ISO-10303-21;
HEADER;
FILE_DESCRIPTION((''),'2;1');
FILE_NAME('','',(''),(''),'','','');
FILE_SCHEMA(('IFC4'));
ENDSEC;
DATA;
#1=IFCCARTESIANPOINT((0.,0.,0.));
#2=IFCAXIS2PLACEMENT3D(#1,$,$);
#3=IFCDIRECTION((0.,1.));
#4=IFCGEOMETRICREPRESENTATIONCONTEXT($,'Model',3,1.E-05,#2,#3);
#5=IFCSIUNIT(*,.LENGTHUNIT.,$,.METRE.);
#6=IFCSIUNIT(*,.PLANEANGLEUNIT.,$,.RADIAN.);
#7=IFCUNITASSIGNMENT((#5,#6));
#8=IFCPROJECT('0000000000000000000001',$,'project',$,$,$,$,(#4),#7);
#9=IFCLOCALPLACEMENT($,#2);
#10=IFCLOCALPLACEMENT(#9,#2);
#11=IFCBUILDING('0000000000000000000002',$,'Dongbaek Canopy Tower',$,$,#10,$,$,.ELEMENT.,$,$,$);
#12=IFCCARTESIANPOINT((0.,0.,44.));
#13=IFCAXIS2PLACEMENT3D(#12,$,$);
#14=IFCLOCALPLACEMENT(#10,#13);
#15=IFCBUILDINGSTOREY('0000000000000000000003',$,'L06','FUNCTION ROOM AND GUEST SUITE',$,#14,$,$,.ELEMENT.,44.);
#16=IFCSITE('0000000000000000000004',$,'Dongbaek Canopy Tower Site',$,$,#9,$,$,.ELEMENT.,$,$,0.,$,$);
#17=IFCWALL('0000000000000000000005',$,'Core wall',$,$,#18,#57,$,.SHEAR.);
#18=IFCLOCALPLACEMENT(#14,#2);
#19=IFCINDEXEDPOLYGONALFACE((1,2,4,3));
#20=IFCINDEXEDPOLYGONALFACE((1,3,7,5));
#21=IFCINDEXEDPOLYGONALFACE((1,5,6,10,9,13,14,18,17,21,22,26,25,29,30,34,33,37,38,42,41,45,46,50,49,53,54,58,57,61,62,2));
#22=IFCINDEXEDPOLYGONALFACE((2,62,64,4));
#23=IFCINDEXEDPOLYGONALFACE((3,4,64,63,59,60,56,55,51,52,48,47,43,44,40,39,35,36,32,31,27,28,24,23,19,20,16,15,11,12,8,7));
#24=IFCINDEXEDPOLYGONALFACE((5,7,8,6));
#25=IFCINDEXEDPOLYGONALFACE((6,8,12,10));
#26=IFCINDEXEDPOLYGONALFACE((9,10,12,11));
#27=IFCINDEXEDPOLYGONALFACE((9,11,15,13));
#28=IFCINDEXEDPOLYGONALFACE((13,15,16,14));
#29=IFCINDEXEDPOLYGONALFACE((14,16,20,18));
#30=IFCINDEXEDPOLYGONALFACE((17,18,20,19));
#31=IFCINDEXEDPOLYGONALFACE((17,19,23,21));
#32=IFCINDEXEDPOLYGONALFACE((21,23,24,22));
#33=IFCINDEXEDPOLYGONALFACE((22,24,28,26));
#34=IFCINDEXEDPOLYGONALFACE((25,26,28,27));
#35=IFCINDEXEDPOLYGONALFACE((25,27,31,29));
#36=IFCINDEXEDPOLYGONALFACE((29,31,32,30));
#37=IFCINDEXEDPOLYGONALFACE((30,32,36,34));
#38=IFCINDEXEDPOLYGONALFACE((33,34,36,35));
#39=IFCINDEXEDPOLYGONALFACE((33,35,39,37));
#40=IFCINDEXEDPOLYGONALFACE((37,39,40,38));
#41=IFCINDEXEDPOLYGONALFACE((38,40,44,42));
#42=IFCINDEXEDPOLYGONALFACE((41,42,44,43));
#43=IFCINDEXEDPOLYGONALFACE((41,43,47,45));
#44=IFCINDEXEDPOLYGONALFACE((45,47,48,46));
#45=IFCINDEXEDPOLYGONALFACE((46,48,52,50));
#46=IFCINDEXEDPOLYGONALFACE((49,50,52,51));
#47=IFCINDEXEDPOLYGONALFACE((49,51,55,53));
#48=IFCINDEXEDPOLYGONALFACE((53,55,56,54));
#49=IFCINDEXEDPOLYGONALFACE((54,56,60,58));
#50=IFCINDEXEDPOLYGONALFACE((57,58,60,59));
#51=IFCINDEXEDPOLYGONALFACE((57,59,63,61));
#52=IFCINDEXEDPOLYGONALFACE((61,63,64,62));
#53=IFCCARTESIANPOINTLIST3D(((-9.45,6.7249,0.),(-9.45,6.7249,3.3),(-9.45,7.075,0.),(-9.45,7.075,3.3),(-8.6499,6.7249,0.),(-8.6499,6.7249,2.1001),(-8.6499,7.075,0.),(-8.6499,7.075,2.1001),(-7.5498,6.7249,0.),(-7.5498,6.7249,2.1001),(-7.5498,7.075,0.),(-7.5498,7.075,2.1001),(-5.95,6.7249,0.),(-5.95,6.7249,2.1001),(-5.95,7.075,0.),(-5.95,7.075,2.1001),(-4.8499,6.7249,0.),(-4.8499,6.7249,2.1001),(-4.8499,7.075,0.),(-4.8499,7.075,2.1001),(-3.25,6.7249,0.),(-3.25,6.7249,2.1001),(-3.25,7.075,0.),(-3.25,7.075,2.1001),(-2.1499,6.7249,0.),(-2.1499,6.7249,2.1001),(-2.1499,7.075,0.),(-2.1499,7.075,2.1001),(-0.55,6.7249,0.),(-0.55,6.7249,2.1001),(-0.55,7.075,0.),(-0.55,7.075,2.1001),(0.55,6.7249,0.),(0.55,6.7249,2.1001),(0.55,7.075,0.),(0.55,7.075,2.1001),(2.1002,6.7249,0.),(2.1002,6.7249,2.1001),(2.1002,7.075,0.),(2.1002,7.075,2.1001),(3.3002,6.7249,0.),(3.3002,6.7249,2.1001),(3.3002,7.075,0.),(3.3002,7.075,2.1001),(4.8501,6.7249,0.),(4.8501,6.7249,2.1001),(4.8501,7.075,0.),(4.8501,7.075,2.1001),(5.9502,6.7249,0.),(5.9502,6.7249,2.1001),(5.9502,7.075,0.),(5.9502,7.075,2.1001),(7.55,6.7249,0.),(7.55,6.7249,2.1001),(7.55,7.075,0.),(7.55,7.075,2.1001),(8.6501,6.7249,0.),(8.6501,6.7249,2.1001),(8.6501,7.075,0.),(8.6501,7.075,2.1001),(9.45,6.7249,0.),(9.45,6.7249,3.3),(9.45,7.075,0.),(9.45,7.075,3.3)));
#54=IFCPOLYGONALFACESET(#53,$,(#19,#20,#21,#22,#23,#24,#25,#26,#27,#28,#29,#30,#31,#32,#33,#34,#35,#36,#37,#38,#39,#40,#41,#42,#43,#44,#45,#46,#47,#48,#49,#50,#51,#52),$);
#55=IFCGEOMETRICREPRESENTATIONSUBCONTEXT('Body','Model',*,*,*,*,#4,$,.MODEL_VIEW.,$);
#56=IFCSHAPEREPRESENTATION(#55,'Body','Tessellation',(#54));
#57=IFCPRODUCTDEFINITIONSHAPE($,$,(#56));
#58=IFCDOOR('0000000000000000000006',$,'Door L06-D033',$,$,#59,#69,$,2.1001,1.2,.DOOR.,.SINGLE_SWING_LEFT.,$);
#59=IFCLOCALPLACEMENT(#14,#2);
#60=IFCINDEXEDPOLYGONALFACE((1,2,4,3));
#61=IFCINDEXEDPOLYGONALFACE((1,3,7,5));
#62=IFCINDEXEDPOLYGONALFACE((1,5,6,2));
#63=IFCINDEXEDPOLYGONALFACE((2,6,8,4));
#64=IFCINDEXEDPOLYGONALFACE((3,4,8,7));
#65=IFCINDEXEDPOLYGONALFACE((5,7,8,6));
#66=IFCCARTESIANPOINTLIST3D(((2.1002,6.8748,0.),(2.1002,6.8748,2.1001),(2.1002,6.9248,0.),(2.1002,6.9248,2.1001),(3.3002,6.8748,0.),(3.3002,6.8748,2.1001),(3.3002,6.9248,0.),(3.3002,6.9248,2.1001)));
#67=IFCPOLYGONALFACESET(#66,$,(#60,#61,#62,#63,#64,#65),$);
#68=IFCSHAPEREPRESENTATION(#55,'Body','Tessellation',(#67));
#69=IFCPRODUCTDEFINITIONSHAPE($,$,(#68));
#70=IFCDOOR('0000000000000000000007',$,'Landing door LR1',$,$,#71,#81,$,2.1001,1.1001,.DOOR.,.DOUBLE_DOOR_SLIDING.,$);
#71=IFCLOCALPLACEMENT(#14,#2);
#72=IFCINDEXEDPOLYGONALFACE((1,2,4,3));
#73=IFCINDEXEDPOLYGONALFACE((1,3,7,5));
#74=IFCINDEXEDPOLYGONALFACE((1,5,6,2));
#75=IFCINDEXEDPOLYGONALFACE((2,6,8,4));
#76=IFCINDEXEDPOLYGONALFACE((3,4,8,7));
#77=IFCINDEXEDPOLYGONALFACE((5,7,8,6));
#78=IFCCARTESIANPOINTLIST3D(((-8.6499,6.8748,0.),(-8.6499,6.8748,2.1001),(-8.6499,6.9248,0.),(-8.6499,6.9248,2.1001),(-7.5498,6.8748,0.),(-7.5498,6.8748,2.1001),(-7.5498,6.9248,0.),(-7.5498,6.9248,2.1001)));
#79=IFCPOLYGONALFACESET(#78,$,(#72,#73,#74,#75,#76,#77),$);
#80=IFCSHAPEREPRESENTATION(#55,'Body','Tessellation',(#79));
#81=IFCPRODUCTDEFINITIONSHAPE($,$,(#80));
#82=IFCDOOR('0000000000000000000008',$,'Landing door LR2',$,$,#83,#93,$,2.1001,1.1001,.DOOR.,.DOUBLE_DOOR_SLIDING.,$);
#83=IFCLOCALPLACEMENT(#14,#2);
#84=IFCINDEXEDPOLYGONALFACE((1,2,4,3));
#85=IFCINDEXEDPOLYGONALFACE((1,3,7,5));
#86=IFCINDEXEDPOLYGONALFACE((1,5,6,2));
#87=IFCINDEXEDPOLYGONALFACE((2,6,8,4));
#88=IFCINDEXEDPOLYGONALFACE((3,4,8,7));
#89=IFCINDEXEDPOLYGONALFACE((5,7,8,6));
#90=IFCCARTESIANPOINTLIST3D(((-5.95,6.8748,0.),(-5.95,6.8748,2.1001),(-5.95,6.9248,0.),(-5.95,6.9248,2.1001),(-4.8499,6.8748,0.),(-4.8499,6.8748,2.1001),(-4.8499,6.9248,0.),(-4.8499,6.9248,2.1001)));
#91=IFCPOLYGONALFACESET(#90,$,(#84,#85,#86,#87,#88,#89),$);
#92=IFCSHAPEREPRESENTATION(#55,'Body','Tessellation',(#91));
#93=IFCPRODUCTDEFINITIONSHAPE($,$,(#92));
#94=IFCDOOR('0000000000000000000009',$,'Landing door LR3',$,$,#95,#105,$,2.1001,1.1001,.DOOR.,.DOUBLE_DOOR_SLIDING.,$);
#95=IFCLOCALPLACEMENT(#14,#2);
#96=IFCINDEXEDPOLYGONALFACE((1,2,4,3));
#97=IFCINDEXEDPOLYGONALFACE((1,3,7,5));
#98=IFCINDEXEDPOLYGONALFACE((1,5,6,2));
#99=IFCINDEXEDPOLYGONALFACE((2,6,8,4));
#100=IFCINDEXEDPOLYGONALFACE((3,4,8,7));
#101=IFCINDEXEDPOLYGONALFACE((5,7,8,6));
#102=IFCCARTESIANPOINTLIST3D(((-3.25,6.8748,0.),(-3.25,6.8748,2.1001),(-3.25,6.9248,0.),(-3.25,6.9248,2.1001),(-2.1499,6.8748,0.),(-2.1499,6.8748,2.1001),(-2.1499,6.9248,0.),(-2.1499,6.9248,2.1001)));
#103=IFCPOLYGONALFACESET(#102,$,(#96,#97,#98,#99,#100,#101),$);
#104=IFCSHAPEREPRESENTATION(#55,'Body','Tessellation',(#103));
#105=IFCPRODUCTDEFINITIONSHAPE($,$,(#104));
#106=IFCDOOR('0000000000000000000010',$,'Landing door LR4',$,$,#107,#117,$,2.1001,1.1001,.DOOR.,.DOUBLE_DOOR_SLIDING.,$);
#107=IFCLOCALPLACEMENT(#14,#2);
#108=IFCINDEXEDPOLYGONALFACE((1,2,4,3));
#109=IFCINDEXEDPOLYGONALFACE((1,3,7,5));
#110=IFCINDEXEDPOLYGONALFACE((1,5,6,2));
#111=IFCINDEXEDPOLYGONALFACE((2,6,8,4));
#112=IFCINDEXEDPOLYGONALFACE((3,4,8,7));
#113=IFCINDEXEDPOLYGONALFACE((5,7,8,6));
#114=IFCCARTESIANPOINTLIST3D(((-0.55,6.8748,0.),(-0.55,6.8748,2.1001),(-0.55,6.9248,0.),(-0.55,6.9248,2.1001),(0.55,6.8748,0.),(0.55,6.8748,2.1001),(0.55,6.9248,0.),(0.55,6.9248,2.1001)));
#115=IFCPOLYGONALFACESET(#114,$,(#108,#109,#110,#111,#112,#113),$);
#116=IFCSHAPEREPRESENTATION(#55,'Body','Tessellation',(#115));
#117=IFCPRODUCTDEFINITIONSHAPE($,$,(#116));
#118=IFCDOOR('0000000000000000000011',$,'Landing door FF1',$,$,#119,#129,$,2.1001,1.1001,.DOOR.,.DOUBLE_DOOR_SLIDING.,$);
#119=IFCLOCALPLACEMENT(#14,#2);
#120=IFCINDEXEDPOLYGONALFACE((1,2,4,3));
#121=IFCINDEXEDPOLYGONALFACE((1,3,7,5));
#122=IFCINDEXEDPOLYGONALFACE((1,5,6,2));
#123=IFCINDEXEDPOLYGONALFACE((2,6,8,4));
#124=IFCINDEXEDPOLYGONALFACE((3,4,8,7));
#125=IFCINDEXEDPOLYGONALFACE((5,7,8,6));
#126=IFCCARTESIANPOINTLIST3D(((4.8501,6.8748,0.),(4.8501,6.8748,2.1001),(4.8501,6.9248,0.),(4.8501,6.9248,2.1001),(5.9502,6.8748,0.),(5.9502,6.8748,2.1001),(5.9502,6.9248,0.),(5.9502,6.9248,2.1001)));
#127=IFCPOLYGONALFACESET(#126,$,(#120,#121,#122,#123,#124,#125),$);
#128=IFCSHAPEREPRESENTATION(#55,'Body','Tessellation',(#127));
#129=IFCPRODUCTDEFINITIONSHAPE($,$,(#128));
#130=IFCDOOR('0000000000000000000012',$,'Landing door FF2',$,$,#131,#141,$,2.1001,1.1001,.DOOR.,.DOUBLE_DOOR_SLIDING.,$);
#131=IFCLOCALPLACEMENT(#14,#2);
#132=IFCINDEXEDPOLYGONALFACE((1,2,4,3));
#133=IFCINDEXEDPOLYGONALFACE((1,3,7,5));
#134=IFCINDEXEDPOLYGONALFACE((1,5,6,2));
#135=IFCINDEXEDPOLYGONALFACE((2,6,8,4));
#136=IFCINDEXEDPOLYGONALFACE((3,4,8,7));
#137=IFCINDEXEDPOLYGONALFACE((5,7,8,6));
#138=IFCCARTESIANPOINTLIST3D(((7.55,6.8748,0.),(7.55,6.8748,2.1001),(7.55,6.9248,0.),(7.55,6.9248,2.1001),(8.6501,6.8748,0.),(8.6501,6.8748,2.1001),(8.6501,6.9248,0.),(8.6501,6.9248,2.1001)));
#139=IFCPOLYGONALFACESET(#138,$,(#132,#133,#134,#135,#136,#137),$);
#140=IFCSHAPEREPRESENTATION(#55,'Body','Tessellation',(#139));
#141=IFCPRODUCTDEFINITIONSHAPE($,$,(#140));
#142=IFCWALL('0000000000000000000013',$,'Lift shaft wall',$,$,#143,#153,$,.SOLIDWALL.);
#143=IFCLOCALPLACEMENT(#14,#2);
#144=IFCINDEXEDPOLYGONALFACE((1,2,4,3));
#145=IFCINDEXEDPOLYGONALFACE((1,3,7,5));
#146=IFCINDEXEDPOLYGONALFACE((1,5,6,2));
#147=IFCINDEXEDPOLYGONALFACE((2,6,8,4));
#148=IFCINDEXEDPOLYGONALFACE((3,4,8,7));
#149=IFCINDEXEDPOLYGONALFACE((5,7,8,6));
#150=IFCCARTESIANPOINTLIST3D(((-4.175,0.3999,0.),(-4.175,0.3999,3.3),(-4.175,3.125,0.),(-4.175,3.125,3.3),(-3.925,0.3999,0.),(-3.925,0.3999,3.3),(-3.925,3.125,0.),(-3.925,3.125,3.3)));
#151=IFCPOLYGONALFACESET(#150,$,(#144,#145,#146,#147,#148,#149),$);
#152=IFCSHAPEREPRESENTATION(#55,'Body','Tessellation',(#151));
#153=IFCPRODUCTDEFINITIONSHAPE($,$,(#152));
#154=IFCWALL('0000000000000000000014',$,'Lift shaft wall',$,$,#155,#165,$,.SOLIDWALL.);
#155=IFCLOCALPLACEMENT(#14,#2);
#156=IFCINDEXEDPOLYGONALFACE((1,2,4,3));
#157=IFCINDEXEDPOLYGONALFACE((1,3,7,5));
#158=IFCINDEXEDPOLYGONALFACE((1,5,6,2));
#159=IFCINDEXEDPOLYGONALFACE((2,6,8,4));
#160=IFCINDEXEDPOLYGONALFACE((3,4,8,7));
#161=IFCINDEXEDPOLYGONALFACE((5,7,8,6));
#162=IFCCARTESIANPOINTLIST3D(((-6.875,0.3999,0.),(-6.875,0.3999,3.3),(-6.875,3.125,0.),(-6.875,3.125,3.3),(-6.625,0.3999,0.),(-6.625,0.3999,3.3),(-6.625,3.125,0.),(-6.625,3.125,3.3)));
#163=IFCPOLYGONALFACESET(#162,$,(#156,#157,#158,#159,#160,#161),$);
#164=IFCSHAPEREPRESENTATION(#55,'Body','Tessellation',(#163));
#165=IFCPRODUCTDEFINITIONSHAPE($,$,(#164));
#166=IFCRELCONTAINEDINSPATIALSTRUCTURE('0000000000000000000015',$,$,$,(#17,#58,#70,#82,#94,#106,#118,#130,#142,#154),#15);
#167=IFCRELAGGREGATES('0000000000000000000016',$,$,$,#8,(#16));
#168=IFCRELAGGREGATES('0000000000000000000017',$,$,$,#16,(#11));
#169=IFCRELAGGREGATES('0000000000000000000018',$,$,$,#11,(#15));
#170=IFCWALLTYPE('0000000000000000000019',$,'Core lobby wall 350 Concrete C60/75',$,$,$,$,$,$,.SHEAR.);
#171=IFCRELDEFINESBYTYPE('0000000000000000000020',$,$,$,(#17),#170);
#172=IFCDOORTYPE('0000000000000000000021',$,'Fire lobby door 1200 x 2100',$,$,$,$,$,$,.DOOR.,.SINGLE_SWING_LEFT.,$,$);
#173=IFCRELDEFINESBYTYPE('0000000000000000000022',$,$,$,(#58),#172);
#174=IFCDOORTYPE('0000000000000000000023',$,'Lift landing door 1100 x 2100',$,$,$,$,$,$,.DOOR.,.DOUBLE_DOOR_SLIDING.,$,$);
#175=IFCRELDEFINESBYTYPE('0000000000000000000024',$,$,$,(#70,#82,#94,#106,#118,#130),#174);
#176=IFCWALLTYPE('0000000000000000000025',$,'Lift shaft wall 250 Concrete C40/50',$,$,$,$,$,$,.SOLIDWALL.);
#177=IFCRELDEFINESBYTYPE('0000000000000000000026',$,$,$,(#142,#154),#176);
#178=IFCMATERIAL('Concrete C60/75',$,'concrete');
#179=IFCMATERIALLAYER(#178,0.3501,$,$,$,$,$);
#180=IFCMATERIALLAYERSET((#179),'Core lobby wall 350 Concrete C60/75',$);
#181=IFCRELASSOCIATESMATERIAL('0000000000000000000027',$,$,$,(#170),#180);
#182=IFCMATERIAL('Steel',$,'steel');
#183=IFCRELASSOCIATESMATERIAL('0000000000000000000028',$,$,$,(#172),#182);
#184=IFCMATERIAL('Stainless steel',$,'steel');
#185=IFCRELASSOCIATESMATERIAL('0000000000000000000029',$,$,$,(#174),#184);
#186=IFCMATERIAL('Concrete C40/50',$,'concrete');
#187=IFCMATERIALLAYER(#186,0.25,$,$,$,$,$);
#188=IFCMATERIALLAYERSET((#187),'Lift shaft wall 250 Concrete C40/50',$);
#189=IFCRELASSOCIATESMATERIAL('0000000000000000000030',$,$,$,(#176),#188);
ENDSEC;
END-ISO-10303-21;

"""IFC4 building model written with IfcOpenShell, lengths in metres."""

from ifc_helpers import new_model, si_unit, direction, frame, frame_2d, origin, place, context, subcontext, project, spatial, rectangle, extrude, material, layer, layer_set, type_object, element, fill, save


model = new_model("IFC4")

# Units and contexts
model_context = context("Model", 3, precision=1e-05, world=origin(), true_north=direction((0.0, 1.0)))
body_context = subcontext(model_context, "Body", "Model", "MODEL_VIEW")
ifc_project = project(units=[si_unit("LENGTHUNIT", "METRE"), si_unit("PLANEANGLEUNIT", "RADIAN")], contexts=[model_context])

# Site, building, storey
site_placement = place(None, origin())
site = spatial("IfcSite", under=ifc_project, at=site_placement, Name="Dongbaek Canopy Tower Site", CompositionType="ELEMENT", RefElevation=0.0)
building_placement = place(site_placement, origin())
building = spatial("IfcBuilding", under=site, at=building_placement, Name="Dongbaek Canopy Tower", CompositionType="ELEMENT")
storey_placement = place(building_placement, frame((0.0, 0.0, 44.0)))
storey = spatial("IfcBuildingStorey", under=building, at=storey_placement, Name="L06", Description="FUNCTION ROOM AND GUEST SUITE", CompositionType="ELEMENT", Elevation=44.0)

# Wall, openings, doors
ifc_material_1 = material(Name="Concrete C60/75", Category="concrete")
ifc_layer_1 = layer(ifc_material_1, 0.3501)
ifc_layer_set_1 = layer_set([ifc_layer_1], Name="Core lobby wall 350 Concrete C60/75")
wall_type_1 = type_object("IfcWallType", Name="Core lobby wall 350 Concrete C60/75", PredefinedType="SHEAR", material=ifc_layer_set_1)
wall_1_placement = place(storey_placement, frame((-9.45, 6.8999, 0.0), z_axis=(0.0, 0.0, 1.0), x_axis=(1.0, 0.0, 0.0)))
wall_1 = element("IfcWall", 1, at=wall_1_placement, inside=storey, type_object=wall_type_1, Name="Core wall", PredefinedType="SHEAR", context=body_context, shape_type="SweptSolid", body=[
    extrude(rectangle(XDim=18.8999, YDim=0.3501, at=frame_2d((9.45, 0.0))), origin(), (0.0, 0.0, 1.0), 3.3),
])
opening_1_placement = place(wall_1_placement, frame((0.8, 0.0, 0.0)))
opening_1 = element("IfcOpeningElement", 2, at=opening_1_placement, cuts=wall_1, PredefinedType="OPENING", context=body_context, shape_type="SweptSolid", body=[
    extrude(rectangle(XDim=1.1001, YDim=2.1001, at=frame_2d((0.55, 1.05))), frame((0.0, 0.1851, 0.0), z_axis=(0.0, -1.0, 0.0), x_axis=(1.0, 0.0, 0.0)), (0.0, 0.0, 1.0), 0.3701),
])
opening_2_placement = place(wall_1_placement, frame((3.5, 0.0, 0.0)))
opening_2 = element("IfcOpeningElement", 3, at=opening_2_placement, cuts=wall_1, PredefinedType="OPENING", context=body_context, shape_type="SweptSolid", body=[
    extrude(rectangle(XDim=1.1001, YDim=2.1001, at=frame_2d((0.55, 1.05))), frame((0.0, 0.1851, 0.0), z_axis=(0.0, -1.0, 0.0), x_axis=(1.0, 0.0, 0.0)), (0.0, 0.0, 1.0), 0.3701),
])
opening_3_placement = place(wall_1_placement, frame((6.2, 0.0, 0.0)))
opening_3 = element("IfcOpeningElement", 4, at=opening_3_placement, cuts=wall_1, PredefinedType="OPENING", context=body_context, shape_type="SweptSolid", body=[
    extrude(rectangle(XDim=1.1001, YDim=2.1001, at=frame_2d((0.55, 1.05))), frame((0.0, 0.1851, 0.0), z_axis=(0.0, -1.0, 0.0), x_axis=(1.0, 0.0, 0.0)), (0.0, 0.0, 1.0), 0.3701),
])
opening_4_placement = place(wall_1_placement, frame((8.8999, 0.0, 0.0)))
opening_4 = element("IfcOpeningElement", 5, at=opening_4_placement, cuts=wall_1, PredefinedType="OPENING", context=body_context, shape_type="SweptSolid", body=[
    extrude(rectangle(XDim=1.1001, YDim=2.1001, at=frame_2d((0.55, 1.05))), frame((0.0, 0.1851, 0.0), z_axis=(0.0, -1.0, 0.0), x_axis=(1.0, 0.0, 0.0)), (0.0, 0.0, 1.0), 0.3701),
])
opening_5_placement = place(wall_1_placement, frame((11.55, 0.0, 0.0)))
opening_5 = element("IfcOpeningElement", 6, at=opening_5_placement, cuts=wall_1, PredefinedType="OPENING", context=body_context, shape_type="SweptSolid", body=[
    extrude(rectangle(XDim=1.2, YDim=2.1001, at=frame_2d((0.6001, 1.05))), frame((0.0, 0.1851, 0.0), z_axis=(0.0, -1.0, 0.0), x_axis=(1.0, 0.0, 0.0)), (0.0, 0.0, 1.0), 0.3701),
])
opening_6_placement = place(wall_1_placement, frame((14.3, 0.0, 0.0)))
opening_6 = element("IfcOpeningElement", 7, at=opening_6_placement, cuts=wall_1, PredefinedType="OPENING", context=body_context, shape_type="SweptSolid", body=[
    extrude(rectangle(XDim=1.1001, YDim=2.1001, at=frame_2d((0.55, 1.05))), frame((0.0, 0.1851, 0.0), z_axis=(0.0, -1.0, 0.0), x_axis=(1.0, 0.0, 0.0)), (0.0, 0.0, 1.0), 0.3701),
])
opening_7_placement = place(wall_1_placement, frame((17.0, 0.0, 0.0)))
opening_7 = element("IfcOpeningElement", 8, at=opening_7_placement, cuts=wall_1, PredefinedType="OPENING", context=body_context, shape_type="SweptSolid", body=[
    extrude(rectangle(XDim=1.1001, YDim=2.1001, at=frame_2d((0.55, 1.05))), frame((0.0, 0.1851, 0.0), z_axis=(0.0, -1.0, 0.0), x_axis=(1.0, 0.0, 0.0)), (0.0, 0.0, 1.0), 0.3701),
])
ifc_material_2 = material(Name="Steel", Category="steel")
door_type_1 = type_object("IfcDoorType", Name="Fire lobby door 1200 x 2100", OperationType="SINGLE_SWING_LEFT", PredefinedType="DOOR", material=ifc_material_2)
door_1_placement = place(opening_5_placement, origin())
door_1 = element("IfcDoor", 9, at=door_1_placement, inside=storey, type_object=door_type_1, Name="Door L06-D033", OperationType="SINGLE_SWING_LEFT", OverallHeight=2.1001, OverallWidth=1.2, PredefinedType="DOOR", context=body_context, shape_type="SweptSolid", body=[
    extrude(rectangle(XDim=1.2, YDim=2.1001, at=frame_2d((0.6001, 1.05))), frame((0.0, 0.0249, 0.0), z_axis=(0.0, -1.0, 0.0), x_axis=(1.0, 0.0, 0.0)), (0.0, 0.0, 1.0), 0.05),
])
fill(opening_5, door_1)
ifc_material_3 = material(Name="Stainless steel", Category="steel")
door_type_2 = type_object("IfcDoorType", Name="Lift landing door 1100 x 2100", OperationType="DOUBLE_DOOR_SLIDING", PredefinedType="DOOR", material=ifc_material_3)
door_2_placement = place(opening_1_placement, origin())
door_2 = element("IfcDoor", 10, at=door_2_placement, inside=storey, type_object=door_type_2, Name="Landing door LR1", OperationType="DOUBLE_DOOR_SLIDING", OverallHeight=2.1001, OverallWidth=1.1001, PredefinedType="DOOR", context=body_context, shape_type="SweptSolid", body=[
    extrude(rectangle(XDim=1.1001, YDim=2.1001, at=frame_2d((0.55, 1.05))), frame((0.0, 0.0249, 0.0), z_axis=(0.0, -1.0, 0.0), x_axis=(1.0, 0.0, 0.0)), (0.0, 0.0, 1.0), 0.05),
])
fill(opening_1, door_2)
door_3_placement = place(opening_2_placement, origin())
door_3 = element("IfcDoor", 11, at=door_3_placement, inside=storey, type_object=door_type_2, Name="Landing door LR2", OperationType="DOUBLE_DOOR_SLIDING", OverallHeight=2.1001, OverallWidth=1.1001, PredefinedType="DOOR", context=body_context, shape_type="SweptSolid", body=[
    extrude(rectangle(XDim=1.1001, YDim=2.1001, at=frame_2d((0.55, 1.05))), frame((0.0, 0.0249, 0.0), z_axis=(0.0, -1.0, 0.0), x_axis=(1.0, 0.0, 0.0)), (0.0, 0.0, 1.0), 0.05),
])
fill(opening_2, door_3)
door_4_placement = place(opening_3_placement, origin())
door_4 = element("IfcDoor", 12, at=door_4_placement, inside=storey, type_object=door_type_2, Name="Landing door LR3", OperationType="DOUBLE_DOOR_SLIDING", OverallHeight=2.1001, OverallWidth=1.1001, PredefinedType="DOOR", context=body_context, shape_type="SweptSolid", body=[
    extrude(rectangle(XDim=1.1001, YDim=2.1001, at=frame_2d((0.55, 1.05))), frame((0.0, 0.0249, 0.0), z_axis=(0.0, -1.0, 0.0), x_axis=(1.0, 0.0, 0.0)), (0.0, 0.0, 1.0), 0.05),
])
fill(opening_3, door_4)
door_5_placement = place(opening_4_placement, origin())
door_5 = element("IfcDoor", 13, at=door_5_placement, inside=storey, type_object=door_type_2, Name="Landing door LR4", OperationType="DOUBLE_DOOR_SLIDING", OverallHeight=2.1001, OverallWidth=1.1001, PredefinedType="DOOR", context=body_context, shape_type="SweptSolid", body=[
    extrude(rectangle(XDim=1.1001, YDim=2.1001, at=frame_2d((0.55, 1.05))), frame((0.0, 0.0249, 0.0), z_axis=(0.0, -1.0, 0.0), x_axis=(1.0, 0.0, 0.0)), (0.0, 0.0, 1.0), 0.05),
])
fill(opening_4, door_5)
door_6_placement = place(opening_6_placement, origin())
door_6 = element("IfcDoor", 14, at=door_6_placement, inside=storey, type_object=door_type_2, Name="Landing door FF1", OperationType="DOUBLE_DOOR_SLIDING", OverallHeight=2.1001, OverallWidth=1.1001, PredefinedType="DOOR", context=body_context, shape_type="SweptSolid", body=[
    extrude(rectangle(XDim=1.1001, YDim=2.1001, at=frame_2d((0.55, 1.05))), frame((0.0, 0.0249, 0.0), z_axis=(0.0, -1.0, 0.0), x_axis=(1.0, 0.0, 0.0)), (0.0, 0.0, 1.0), 0.05),
])
fill(opening_6, door_6)
door_7_placement = place(opening_7_placement, origin())
door_7 = element("IfcDoor", 15, at=door_7_placement, inside=storey, type_object=door_type_2, Name="Landing door FF2", OperationType="DOUBLE_DOOR_SLIDING", OverallHeight=2.1001, OverallWidth=1.1001, PredefinedType="DOOR", context=body_context, shape_type="SweptSolid", body=[
    extrude(rectangle(XDim=1.1001, YDim=2.1001, at=frame_2d((0.55, 1.05))), frame((0.0, 0.0249, 0.0), z_axis=(0.0, -1.0, 0.0), x_axis=(1.0, 0.0, 0.0)), (0.0, 0.0, 1.0), 0.05),
])
fill(opening_7, door_7)

# Walls
ifc_material_4 = material(Name="Concrete C40/50", Category="concrete")
ifc_layer_2 = layer(ifc_material_4, 0.25)
ifc_layer_set_2 = layer_set([ifc_layer_2], Name="Lift shaft wall 250 Concrete C40/50")
wall_type_2 = type_object("IfcWallType", Name="Lift shaft wall 250 Concrete C40/50", PredefinedType="SOLIDWALL", material=ifc_layer_set_2)
for number, where, z_axis, x_axis, name in (
    (16, (-4.05, 0.3999, 0.0), (0.0, 0.0, 1.0), (0.0, 1.0, 0.0), "Lift shaft wall"),
    (17, (-6.75, 0.3999, 0.0), (0.0, 0.0, 1.0), (0.0, 1.0, 0.0), "Lift shaft wall"),
):
    element("IfcWall", number, at=place(storey_placement, frame(where, z_axis=z_axis, x_axis=x_axis)), inside=storey, type_object=wall_type_2, Name=name, PredefinedType="SOLIDWALL", context=body_context, shape_type="SweptSolid", body=[
        extrude(rectangle(XDim=2.7251, YDim=0.25, at=frame_2d((1.3625, 0.0))), origin(), (0.0, 0.0, 1.0), 3.3),
    ])

save(model, "model.ifc")
